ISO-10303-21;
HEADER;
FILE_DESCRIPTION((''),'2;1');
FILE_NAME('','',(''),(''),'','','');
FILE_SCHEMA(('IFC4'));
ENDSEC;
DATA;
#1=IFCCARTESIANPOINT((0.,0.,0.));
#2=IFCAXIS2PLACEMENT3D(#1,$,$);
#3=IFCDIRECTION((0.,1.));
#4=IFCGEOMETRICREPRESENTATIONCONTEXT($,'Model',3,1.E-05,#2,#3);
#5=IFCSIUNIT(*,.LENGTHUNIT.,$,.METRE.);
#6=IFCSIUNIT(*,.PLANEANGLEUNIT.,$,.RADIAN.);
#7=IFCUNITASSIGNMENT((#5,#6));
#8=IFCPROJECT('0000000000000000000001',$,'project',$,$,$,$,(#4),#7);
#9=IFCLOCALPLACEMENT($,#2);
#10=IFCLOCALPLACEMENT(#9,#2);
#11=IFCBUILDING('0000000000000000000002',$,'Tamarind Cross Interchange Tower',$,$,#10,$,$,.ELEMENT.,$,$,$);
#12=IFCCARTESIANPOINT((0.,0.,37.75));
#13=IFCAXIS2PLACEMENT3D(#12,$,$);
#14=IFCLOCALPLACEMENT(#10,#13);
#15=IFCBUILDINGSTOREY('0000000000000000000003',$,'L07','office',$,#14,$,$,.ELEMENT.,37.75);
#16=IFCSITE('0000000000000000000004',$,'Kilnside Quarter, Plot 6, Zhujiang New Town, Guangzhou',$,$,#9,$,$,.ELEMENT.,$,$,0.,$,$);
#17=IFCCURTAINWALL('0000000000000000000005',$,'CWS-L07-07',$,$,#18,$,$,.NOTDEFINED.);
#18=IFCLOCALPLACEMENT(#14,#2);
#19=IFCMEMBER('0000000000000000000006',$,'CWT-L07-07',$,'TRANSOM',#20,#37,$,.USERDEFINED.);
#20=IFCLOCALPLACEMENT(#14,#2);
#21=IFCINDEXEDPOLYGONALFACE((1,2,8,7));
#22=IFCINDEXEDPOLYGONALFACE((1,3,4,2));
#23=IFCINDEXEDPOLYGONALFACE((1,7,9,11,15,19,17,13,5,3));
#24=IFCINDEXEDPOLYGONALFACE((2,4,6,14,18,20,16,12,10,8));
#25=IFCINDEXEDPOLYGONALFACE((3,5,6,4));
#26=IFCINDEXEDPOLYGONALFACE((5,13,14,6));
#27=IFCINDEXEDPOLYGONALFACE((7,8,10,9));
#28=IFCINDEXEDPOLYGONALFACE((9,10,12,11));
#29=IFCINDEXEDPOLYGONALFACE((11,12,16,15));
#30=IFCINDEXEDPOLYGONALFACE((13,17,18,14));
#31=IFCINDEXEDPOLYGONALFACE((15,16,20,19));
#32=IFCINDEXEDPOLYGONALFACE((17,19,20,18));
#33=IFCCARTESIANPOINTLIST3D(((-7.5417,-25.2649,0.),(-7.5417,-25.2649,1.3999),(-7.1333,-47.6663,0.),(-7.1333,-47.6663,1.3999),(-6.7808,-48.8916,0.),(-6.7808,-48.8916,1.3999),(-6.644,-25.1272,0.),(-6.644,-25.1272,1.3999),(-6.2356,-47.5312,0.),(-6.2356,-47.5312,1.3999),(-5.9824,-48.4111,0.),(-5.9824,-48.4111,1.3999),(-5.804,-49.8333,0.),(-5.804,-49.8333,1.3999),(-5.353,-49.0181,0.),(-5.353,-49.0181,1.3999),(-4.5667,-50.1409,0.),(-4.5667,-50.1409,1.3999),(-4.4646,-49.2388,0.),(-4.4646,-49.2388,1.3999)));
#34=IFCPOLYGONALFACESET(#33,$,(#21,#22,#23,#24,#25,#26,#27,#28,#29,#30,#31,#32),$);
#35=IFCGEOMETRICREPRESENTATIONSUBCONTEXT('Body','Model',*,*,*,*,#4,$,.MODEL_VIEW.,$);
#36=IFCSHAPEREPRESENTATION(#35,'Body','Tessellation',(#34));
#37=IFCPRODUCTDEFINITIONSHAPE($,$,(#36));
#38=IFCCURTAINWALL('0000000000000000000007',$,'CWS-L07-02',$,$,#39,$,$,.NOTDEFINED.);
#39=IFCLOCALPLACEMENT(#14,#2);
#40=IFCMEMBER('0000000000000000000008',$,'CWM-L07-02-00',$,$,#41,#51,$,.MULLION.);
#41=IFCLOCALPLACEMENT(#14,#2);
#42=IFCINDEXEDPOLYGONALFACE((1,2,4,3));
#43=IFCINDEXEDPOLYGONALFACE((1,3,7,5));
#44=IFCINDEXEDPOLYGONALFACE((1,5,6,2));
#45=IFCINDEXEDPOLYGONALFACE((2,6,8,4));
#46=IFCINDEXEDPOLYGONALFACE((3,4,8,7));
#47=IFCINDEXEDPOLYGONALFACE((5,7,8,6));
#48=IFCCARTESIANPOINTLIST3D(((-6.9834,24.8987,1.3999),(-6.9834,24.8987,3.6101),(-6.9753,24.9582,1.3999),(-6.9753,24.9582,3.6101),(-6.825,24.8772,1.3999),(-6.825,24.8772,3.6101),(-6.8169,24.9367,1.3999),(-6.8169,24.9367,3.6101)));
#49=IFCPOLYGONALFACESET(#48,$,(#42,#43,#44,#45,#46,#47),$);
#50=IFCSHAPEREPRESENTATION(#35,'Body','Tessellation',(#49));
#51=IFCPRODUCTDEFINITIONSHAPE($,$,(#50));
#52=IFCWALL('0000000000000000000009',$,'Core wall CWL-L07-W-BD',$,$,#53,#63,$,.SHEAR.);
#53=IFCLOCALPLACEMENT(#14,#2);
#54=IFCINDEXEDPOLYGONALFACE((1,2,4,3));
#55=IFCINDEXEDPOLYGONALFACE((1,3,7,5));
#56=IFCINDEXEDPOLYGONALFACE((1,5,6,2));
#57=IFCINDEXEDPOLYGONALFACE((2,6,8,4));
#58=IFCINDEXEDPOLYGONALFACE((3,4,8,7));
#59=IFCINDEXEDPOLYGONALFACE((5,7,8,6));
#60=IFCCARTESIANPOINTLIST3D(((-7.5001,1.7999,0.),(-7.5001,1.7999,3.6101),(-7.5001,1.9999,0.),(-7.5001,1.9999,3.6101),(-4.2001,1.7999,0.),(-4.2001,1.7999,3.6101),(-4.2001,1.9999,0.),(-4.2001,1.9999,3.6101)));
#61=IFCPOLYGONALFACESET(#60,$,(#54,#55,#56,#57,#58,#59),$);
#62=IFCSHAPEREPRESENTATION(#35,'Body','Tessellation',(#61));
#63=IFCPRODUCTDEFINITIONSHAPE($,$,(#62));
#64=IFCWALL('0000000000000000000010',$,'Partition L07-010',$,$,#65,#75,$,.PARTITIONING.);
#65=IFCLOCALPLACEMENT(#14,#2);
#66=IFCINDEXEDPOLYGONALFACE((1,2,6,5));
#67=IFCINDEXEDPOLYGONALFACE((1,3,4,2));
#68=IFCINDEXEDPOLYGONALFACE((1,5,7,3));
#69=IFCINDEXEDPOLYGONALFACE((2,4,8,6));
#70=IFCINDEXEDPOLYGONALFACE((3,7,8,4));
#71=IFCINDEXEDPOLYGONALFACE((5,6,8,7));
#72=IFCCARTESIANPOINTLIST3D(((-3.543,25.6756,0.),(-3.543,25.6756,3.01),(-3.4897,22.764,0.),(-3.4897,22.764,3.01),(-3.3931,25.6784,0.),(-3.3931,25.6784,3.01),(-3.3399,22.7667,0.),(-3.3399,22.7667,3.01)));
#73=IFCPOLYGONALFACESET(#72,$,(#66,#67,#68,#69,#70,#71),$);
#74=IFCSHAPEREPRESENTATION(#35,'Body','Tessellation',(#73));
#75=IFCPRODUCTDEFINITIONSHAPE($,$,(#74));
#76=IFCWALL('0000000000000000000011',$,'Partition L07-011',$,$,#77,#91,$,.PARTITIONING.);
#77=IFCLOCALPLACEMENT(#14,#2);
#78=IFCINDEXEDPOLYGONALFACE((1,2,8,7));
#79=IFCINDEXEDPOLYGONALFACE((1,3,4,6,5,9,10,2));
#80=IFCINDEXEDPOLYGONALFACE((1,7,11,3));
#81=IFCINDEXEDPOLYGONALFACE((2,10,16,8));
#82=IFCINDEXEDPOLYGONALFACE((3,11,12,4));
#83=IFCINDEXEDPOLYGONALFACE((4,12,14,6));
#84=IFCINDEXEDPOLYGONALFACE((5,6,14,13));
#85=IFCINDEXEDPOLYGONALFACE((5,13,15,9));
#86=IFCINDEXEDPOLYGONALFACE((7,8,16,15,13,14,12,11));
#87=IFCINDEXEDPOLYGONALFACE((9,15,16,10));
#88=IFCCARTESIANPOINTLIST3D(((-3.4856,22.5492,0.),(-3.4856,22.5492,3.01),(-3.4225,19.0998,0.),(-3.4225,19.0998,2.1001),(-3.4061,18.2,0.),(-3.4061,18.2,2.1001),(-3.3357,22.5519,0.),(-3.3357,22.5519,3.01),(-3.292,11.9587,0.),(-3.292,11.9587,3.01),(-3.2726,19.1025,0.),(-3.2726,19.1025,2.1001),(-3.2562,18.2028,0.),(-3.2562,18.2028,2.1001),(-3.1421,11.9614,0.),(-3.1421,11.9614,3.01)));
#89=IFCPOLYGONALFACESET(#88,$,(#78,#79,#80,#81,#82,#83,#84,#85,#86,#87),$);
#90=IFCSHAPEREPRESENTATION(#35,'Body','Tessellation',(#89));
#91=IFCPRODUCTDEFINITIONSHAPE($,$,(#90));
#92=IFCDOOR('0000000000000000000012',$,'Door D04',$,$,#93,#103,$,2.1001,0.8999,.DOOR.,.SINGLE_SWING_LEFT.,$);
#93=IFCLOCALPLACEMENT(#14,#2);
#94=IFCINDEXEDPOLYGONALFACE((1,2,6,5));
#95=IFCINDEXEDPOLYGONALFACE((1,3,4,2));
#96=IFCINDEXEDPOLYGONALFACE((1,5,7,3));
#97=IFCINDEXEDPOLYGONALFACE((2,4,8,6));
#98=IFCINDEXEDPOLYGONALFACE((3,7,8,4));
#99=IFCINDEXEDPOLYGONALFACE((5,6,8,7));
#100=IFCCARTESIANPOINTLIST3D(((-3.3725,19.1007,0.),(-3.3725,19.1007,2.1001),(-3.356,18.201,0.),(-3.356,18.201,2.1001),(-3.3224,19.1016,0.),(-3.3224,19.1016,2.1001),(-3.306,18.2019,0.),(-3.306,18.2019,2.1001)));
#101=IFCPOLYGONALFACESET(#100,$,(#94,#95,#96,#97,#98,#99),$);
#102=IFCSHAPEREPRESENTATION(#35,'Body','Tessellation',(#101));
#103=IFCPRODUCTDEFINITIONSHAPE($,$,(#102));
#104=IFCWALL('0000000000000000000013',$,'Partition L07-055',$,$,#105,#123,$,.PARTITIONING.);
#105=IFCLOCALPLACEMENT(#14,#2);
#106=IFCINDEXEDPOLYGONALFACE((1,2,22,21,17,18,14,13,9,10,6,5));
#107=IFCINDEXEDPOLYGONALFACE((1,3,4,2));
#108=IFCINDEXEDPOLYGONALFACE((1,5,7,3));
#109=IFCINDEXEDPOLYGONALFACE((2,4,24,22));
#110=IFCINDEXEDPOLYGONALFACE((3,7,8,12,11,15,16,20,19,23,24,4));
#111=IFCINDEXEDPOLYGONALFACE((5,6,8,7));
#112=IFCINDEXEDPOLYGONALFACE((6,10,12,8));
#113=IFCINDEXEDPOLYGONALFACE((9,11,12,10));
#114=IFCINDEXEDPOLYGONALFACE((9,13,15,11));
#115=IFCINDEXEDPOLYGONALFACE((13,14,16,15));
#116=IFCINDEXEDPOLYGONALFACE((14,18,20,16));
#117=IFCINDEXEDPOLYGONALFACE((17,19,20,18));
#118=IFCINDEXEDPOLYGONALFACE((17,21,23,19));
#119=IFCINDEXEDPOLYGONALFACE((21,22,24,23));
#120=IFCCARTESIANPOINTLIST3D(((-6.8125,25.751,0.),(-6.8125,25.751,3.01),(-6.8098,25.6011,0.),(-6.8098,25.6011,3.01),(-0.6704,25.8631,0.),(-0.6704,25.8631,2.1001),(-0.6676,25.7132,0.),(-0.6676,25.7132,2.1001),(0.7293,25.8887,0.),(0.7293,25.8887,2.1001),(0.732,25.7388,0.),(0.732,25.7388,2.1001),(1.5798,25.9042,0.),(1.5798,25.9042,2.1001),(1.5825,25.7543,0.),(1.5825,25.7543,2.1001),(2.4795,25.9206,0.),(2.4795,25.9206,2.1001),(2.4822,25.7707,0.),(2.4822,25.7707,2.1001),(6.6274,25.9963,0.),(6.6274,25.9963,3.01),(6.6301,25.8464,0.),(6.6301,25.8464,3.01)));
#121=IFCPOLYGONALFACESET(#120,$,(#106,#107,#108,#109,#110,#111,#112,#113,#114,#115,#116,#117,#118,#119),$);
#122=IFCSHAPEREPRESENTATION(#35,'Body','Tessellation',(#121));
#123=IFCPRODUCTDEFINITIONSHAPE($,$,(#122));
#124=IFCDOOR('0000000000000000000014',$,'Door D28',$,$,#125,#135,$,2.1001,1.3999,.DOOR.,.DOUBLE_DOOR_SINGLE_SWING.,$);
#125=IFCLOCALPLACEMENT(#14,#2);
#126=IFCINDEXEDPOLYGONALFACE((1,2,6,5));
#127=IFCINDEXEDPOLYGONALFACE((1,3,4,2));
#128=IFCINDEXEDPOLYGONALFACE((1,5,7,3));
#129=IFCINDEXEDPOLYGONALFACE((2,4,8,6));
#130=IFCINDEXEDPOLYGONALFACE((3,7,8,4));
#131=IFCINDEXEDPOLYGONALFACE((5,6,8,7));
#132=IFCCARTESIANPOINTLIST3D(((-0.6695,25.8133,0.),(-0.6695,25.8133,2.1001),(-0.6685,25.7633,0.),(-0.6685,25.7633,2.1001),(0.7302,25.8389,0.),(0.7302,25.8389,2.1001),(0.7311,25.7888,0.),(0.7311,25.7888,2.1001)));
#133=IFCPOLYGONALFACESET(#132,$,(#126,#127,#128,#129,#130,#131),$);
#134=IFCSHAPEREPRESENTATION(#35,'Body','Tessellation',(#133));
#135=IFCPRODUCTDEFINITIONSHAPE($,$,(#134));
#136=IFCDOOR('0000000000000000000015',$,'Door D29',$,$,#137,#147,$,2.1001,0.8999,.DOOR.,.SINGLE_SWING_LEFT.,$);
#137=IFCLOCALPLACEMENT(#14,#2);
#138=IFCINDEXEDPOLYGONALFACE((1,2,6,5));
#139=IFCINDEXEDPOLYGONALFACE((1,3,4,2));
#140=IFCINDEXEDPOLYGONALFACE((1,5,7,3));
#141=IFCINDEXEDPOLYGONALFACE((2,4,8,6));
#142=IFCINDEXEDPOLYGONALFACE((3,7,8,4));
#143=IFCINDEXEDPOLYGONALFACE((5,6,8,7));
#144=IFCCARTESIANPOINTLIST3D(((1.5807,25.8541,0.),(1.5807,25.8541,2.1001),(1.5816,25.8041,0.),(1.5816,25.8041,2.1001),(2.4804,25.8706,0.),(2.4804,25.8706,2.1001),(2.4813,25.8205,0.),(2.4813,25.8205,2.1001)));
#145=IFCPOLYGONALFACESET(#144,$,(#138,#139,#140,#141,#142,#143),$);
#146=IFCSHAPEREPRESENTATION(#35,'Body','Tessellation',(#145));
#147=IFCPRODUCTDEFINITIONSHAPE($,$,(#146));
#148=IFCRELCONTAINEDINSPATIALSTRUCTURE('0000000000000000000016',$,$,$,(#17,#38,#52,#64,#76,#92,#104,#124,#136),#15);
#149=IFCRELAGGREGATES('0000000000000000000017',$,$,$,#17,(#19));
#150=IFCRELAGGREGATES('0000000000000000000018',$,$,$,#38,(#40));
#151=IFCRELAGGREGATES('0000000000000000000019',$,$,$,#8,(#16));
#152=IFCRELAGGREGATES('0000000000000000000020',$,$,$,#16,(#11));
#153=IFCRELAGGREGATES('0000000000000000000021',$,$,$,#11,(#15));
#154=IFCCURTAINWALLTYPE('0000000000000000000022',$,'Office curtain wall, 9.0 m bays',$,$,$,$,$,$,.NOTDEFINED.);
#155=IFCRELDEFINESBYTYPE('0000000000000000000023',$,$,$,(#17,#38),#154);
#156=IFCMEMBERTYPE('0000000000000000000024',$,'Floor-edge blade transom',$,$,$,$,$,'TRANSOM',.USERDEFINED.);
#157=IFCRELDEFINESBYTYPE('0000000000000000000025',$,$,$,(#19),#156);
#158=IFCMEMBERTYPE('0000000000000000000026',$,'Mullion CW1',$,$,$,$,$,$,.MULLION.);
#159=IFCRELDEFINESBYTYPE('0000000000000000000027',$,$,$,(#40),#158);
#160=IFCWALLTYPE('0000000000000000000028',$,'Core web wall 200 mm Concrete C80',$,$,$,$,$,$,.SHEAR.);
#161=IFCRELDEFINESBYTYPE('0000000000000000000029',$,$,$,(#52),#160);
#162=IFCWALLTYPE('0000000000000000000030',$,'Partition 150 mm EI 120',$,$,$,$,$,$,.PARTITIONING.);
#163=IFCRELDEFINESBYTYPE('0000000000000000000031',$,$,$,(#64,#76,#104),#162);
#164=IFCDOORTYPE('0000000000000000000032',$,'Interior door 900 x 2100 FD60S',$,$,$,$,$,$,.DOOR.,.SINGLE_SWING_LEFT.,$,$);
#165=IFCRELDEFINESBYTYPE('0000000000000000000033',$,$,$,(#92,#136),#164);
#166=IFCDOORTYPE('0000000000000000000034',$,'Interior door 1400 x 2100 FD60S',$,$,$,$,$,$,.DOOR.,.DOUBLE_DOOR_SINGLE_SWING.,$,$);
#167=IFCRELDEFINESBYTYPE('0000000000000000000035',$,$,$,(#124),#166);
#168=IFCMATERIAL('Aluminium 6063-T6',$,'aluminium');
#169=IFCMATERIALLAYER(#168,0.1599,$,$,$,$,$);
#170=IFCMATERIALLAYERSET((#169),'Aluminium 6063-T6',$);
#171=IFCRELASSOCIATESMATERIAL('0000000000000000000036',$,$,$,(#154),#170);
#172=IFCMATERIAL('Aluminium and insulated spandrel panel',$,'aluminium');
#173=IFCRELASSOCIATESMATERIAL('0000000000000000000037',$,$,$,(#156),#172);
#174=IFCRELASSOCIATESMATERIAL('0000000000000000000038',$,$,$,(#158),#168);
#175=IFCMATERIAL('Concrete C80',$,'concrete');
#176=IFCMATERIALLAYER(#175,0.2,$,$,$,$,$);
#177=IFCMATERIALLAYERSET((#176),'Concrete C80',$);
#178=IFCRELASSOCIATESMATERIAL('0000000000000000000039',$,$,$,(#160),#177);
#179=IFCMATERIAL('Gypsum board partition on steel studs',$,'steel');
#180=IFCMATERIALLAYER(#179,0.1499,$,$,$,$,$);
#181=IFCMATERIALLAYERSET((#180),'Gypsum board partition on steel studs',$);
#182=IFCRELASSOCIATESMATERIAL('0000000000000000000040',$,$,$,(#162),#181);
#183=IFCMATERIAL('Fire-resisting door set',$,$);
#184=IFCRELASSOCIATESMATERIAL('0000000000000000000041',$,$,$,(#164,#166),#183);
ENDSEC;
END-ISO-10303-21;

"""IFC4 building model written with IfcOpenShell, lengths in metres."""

from ifc_helpers import new_model, si_unit, direction, frame, frame_2d, origin, origin_2d, place, context, subcontext, project, spatial, polyline, rectangle, outline, extrude, material, layer, layer_set, material_profile, profile_set, type_object, element, fill, aggregate, save


model = new_model("IFC4")

# Units and contexts
model_context = context("Model", 3, precision=1e-05, world=origin(), true_north=direction((0.0, 1.0)))
body_context = subcontext(model_context, "Body", "Model", "MODEL_VIEW")
ifc_project = project(units=[si_unit("LENGTHUNIT", "METRE"), si_unit("PLANEANGLEUNIT", "RADIAN")], contexts=[model_context])

# Site, building, storey
site_placement = place(None, origin())
site = spatial("IfcSite", under=ifc_project, at=site_placement, Name="Kilnside Quarter, Plot 6, Zhujiang New Town, Guangzhou", CompositionType="ELEMENT", RefElevation=0.0)
building_placement = place(site_placement, origin())
building = spatial("IfcBuilding", under=site, at=building_placement, Name="Tamarind Cross Interchange Tower", CompositionType="ELEMENT")
storey_placement = place(building_placement, frame((0.0, 0.0, 37.75)))
storey = spatial("IfcBuildingStorey", under=building, at=storey_placement, Name="L07", Description="office", CompositionType="ELEMENT", Elevation=37.75)

# Curtain walls, members
ifc_material_1 = material(Name="Aluminium 6063-T6", Category="aluminium")
ifc_layer_1 = layer(ifc_material_1, 0.1599)
ifc_layer_set_1 = layer_set([ifc_layer_1], Name="Aluminium 6063-T6")
curtain_wall_type = type_object("IfcCurtainWallType", Name="Office curtain wall, 9.0 m bays", PredefinedType="NOTDEFINED", material=ifc_layer_set_1)
curtain_wall_1_placement = place(storey_placement, origin())
curtain_wall_1 = element("IfcCurtainWall", 1, at=curtain_wall_1_placement, inside=storey, type_object=curtain_wall_type, Name="CWS-L07-07", PredefinedType="NOTDEFINED")
ifc_material_2 = material(Name="Aluminium and insulated spandrel panel", Category="aluminium")
member_type_1 = type_object("IfcMemberType", Name="Floor-edge blade transom", ElementType="TRANSOM", PredefinedType="USERDEFINED", material=ifc_material_2)
member_1_placement = place(storey_placement, origin())
member_1 = element("IfcMember", 2, at=member_1_placement, type_object=member_type_1, Name="CWT-L07-07", ObjectType="TRANSOM", PredefinedType="USERDEFINED", context=body_context, shape_type="SweptSolid", body=[
    extrude(outline(polyline([(-6.644, -25.1272), (-6.2356, -47.5312), (-5.9824, -48.4111), (-5.353, -49.0181), (-4.4646, -49.2388), (-4.5667, -50.1409), (-5.804, -49.8333), (-6.7808, -48.8916), (-7.1333, -47.6663), (-7.5417, -25.2649), (-6.644, -25.1272)])), origin(), (0.0, 0.0, 1.0), 1.3999),
])
aggregate(curtain_wall_1, [member_1])
curtain_wall_2_placement = place(storey_placement, origin())
curtain_wall_2 = element("IfcCurtainWall", 3, at=curtain_wall_2_placement, inside=storey, type_object=curtain_wall_type, Name="CWS-L07-02", PredefinedType="NOTDEFINED")
ifc_material_profile_1 = material_profile(ifc_material_1, rectangle(XDim=0.0601, YDim=0.1599, at=origin_2d()), Name="Mullion CW1")
ifc_profile_set_1 = profile_set([ifc_material_profile_1], Name="Aluminium 6063-T6")
member_type_2 = type_object("IfcMemberType", Name="Mullion CW1", PredefinedType="MULLION", material=ifc_profile_set_1)
member_2_placement = place(storey_placement, frame((-6.9001, 24.9177, 1.3999), z_axis=(0.0, 0.0, 1.0), x_axis=(-0.134501, -0.990913, 0.0)))
member_2 = element("IfcMember", 4, at=member_2_placement, type_object=member_type_2, Name="CWM-L07-02-00", PredefinedType="MULLION", context=body_context, shape_type="SweptSolid", body=[
    extrude(rectangle(XDim=0.0601, YDim=0.1599, at=origin_2d()), origin(), (0.0, 0.0, 1.0), 2.2102),
])
aggregate(curtain_wall_2, [member_2])

# Walls
ifc_material_3 = material(Name="Concrete C80", Category="concrete")
ifc_layer_2 = layer(ifc_material_3, 0.2)
ifc_layer_set_2 = layer_set([ifc_layer_2], Name="Concrete C80")
wall_type_1 = type_object("IfcWallType", Name="Core web wall 200 mm Concrete C80", PredefinedType="SHEAR", material=ifc_layer_set_2)
wall_1_placement = place(storey_placement, frame((-7.5, 1.8999, 0.0), z_axis=(0.0, 0.0, 1.0), x_axis=(1.0, 0.0, 0.0)))
element("IfcWall", 5, at=wall_1_placement, inside=storey, type_object=wall_type_1, Name="Core wall CWL-L07-W-BD", PredefinedType="SHEAR", context=body_context, shape_type="SweptSolid", body=[
    extrude(rectangle(XDim=3.3, YDim=0.2, at=frame_2d((1.6499, 0.0))), origin(), (0.0, 0.0, 1.0), 3.6101),
])
ifc_material_4 = material(Name="Gypsum board partition on steel studs", Category="steel")
ifc_layer_3 = layer(ifc_material_4, 0.1499)
ifc_layer_set_3 = layer_set([ifc_layer_3], Name="Gypsum board partition on steel studs")
wall_type_2 = type_object("IfcWallType", Name="Partition 150 mm EI 120", PredefinedType="PARTITIONING", material=ifc_layer_set_3)
wall_2_placement = place(storey_placement, frame((-3.468, 25.677, 0.0), z_axis=(0.0, 0.0, 1.0), x_axis=(0.018276, -0.999833, 0.0)))
element("IfcWall", 6, at=wall_2_placement, inside=storey, type_object=wall_type_2, Name="Partition L07-010", PredefinedType="PARTITIONING", context=body_context, shape_type="SweptSolid", body=[
    extrude(rectangle(XDim=2.9121, YDim=0.1499, at=frame_2d((1.4561, 0.0))), origin(), (0.0, 0.0, 1.0), 3.01),
])

# Wall, opening, door
wall_3_placement = place(storey_placement, frame((-3.4106, 22.5505, 0.0), z_axis=(0.0, 0.0, 1.0), x_axis=(0.018278, -0.999833, 0.0)))
wall_3 = element("IfcWall", 7, at=wall_3_placement, inside=storey, type_object=wall_type_2, Name="Partition L07-011", PredefinedType="PARTITIONING", context=body_context, shape_type="SweptSolid", body=[
    extrude(rectangle(XDim=10.5923, YDim=0.1499, at=frame_2d((5.2961, 0.0))), origin(), (0.0, 0.0, 1.0), 3.01),
])
opening_1_placement = place(wall_3_placement, frame((3.45, 0.0, 0.0)))
opening_1 = element("IfcOpeningElement", 8, at=opening_1_placement, cuts=wall_3, PredefinedType="OPENING", context=body_context, shape_type="SweptSolid", body=[
    extrude(rectangle(XDim=0.8999, YDim=2.1001, at=frame_2d((0.45, 1.05))), frame((0.0, 0.085, 0.0), z_axis=(0.0, -1.0, 0.0), x_axis=(1.0, 0.0, 0.0)), (0.0, 0.0, 1.0), 0.1699),
])
ifc_material_5 = material(Name="Fire-resisting door set")
door_type_1 = type_object("IfcDoorType", Name="Interior door 900 x 2100 FD60S", OperationType="SINGLE_SWING_LEFT", PredefinedType="DOOR", material=ifc_material_5)
door_1_placement = place(opening_1_placement, frame((0.8999, 0.0, 0.0), z_axis=(0.0, 0.0, 1.0), x_axis=(-1.0, 0.0, 0.0)))
door_1 = element("IfcDoor", 9, at=door_1_placement, inside=storey, type_object=door_type_1, Name="Door D04", OperationType="SINGLE_SWING_LEFT", OverallHeight=2.1001, OverallWidth=0.8999, PredefinedType="DOOR", context=body_context, shape_type="SweptSolid", body=[
    extrude(rectangle(XDim=0.8999, YDim=2.1001, at=frame_2d((0.45, 1.05))), frame((0.0, 0.0249, 0.0), z_axis=(0.0, -1.0, 0.0), x_axis=(1.0, 0.0, 0.0)), (0.0, 0.0, 1.0), 0.05),
])
fill(opening_1, door_1)

# Wall, openings, doors
wall_4_placement = place(storey_placement, frame((-6.8113, 25.676, 0.0), z_axis=(0.0, 0.0, 1.0), x_axis=(0.999833, 0.018253, 0.0)))
wall_4 = element("IfcWall", 10, at=wall_4_placement, inside=storey, type_object=wall_type_2, Name="Partition L07-055", PredefinedType="PARTITIONING", context=body_context, shape_type="SweptSolid", body=[
    extrude(rectangle(XDim=13.4421, YDim=0.1499, at=frame_2d((6.7212, 0.0))), origin(), (0.0, 0.0, 1.0), 3.01),
])
opening_2_placement = place(wall_4_placement, frame((6.1433, 0.0, 0.0)))
opening_2 = element("IfcOpeningElement", 11, at=opening_2_placement, cuts=wall_4, PredefinedType="OPENING", context=body_context, shape_type="SweptSolid", body=[
    extrude(rectangle(XDim=1.3999, YDim=2.1001, at=frame_2d((0.7, 1.05))), frame((0.0, 0.085, 0.0), z_axis=(0.0, -1.0, 0.0), x_axis=(1.0, 0.0, 0.0)), (0.0, 0.0, 1.0), 0.1699),
])
opening_3_placement = place(wall_4_placement, frame((8.3938, 0.0, 0.0)))
opening_3 = element("IfcOpeningElement", 12, at=opening_3_placement, cuts=wall_4, PredefinedType="OPENING", context=body_context, shape_type="SweptSolid", body=[
    extrude(rectangle(XDim=0.8999, YDim=2.1001, at=frame_2d((0.45, 1.05))), frame((0.0, 0.085, 0.0), z_axis=(0.0, -1.0, 0.0), x_axis=(1.0, 0.0, 0.0)), (0.0, 0.0, 1.0), 0.1699),
])
door_type_2 = type_object("IfcDoorType", Name="Interior door 1400 x 2100 FD60S", OperationType="DOUBLE_DOOR_SINGLE_SWING", PredefinedType="DOOR", material=ifc_material_5)
door_2_placement = place(opening_2_placement, frame((1.3999, 0.0, 0.0), z_axis=(0.0, 0.0, 1.0), x_axis=(-1.0, 0.0, 0.0)))
door_2 = element("IfcDoor", 13, at=door_2_placement, inside=storey, type_object=door_type_2, Name="Door D28", OperationType="DOUBLE_DOOR_SINGLE_SWING", OverallHeight=2.1001, OverallWidth=1.3999, PredefinedType="DOOR", context=body_context, shape_type="SweptSolid", body=[
    extrude(rectangle(XDim=1.3999, YDim=2.1001, at=frame_2d((0.7, 1.05))), frame((0.0, 0.0249, 0.0), z_axis=(0.0, -1.0, 0.0), x_axis=(1.0, 0.0, 0.0)), (0.0, 0.0, 1.0), 0.05),
])
fill(opening_2, door_2)
door_3_placement = place(opening_3_placement, origin())
door_3 = element("IfcDoor", 14, at=door_3_placement, inside=storey, type_object=door_type_1, Name="Door D29", OperationType="SINGLE_SWING_LEFT", OverallHeight=2.1001, OverallWidth=0.8999, PredefinedType="DOOR", context=body_context, shape_type="SweptSolid", body=[
    extrude(rectangle(XDim=0.8999, YDim=2.1001, at=frame_2d((0.45, 1.05))), frame((0.0, 0.0249, 0.0), z_axis=(0.0, -1.0, 0.0), x_axis=(1.0, 0.0, 0.0)), (0.0, 0.0, 1.0), 0.05),
])
fill(opening_3, door_3)

save(model, "model.ifc")
